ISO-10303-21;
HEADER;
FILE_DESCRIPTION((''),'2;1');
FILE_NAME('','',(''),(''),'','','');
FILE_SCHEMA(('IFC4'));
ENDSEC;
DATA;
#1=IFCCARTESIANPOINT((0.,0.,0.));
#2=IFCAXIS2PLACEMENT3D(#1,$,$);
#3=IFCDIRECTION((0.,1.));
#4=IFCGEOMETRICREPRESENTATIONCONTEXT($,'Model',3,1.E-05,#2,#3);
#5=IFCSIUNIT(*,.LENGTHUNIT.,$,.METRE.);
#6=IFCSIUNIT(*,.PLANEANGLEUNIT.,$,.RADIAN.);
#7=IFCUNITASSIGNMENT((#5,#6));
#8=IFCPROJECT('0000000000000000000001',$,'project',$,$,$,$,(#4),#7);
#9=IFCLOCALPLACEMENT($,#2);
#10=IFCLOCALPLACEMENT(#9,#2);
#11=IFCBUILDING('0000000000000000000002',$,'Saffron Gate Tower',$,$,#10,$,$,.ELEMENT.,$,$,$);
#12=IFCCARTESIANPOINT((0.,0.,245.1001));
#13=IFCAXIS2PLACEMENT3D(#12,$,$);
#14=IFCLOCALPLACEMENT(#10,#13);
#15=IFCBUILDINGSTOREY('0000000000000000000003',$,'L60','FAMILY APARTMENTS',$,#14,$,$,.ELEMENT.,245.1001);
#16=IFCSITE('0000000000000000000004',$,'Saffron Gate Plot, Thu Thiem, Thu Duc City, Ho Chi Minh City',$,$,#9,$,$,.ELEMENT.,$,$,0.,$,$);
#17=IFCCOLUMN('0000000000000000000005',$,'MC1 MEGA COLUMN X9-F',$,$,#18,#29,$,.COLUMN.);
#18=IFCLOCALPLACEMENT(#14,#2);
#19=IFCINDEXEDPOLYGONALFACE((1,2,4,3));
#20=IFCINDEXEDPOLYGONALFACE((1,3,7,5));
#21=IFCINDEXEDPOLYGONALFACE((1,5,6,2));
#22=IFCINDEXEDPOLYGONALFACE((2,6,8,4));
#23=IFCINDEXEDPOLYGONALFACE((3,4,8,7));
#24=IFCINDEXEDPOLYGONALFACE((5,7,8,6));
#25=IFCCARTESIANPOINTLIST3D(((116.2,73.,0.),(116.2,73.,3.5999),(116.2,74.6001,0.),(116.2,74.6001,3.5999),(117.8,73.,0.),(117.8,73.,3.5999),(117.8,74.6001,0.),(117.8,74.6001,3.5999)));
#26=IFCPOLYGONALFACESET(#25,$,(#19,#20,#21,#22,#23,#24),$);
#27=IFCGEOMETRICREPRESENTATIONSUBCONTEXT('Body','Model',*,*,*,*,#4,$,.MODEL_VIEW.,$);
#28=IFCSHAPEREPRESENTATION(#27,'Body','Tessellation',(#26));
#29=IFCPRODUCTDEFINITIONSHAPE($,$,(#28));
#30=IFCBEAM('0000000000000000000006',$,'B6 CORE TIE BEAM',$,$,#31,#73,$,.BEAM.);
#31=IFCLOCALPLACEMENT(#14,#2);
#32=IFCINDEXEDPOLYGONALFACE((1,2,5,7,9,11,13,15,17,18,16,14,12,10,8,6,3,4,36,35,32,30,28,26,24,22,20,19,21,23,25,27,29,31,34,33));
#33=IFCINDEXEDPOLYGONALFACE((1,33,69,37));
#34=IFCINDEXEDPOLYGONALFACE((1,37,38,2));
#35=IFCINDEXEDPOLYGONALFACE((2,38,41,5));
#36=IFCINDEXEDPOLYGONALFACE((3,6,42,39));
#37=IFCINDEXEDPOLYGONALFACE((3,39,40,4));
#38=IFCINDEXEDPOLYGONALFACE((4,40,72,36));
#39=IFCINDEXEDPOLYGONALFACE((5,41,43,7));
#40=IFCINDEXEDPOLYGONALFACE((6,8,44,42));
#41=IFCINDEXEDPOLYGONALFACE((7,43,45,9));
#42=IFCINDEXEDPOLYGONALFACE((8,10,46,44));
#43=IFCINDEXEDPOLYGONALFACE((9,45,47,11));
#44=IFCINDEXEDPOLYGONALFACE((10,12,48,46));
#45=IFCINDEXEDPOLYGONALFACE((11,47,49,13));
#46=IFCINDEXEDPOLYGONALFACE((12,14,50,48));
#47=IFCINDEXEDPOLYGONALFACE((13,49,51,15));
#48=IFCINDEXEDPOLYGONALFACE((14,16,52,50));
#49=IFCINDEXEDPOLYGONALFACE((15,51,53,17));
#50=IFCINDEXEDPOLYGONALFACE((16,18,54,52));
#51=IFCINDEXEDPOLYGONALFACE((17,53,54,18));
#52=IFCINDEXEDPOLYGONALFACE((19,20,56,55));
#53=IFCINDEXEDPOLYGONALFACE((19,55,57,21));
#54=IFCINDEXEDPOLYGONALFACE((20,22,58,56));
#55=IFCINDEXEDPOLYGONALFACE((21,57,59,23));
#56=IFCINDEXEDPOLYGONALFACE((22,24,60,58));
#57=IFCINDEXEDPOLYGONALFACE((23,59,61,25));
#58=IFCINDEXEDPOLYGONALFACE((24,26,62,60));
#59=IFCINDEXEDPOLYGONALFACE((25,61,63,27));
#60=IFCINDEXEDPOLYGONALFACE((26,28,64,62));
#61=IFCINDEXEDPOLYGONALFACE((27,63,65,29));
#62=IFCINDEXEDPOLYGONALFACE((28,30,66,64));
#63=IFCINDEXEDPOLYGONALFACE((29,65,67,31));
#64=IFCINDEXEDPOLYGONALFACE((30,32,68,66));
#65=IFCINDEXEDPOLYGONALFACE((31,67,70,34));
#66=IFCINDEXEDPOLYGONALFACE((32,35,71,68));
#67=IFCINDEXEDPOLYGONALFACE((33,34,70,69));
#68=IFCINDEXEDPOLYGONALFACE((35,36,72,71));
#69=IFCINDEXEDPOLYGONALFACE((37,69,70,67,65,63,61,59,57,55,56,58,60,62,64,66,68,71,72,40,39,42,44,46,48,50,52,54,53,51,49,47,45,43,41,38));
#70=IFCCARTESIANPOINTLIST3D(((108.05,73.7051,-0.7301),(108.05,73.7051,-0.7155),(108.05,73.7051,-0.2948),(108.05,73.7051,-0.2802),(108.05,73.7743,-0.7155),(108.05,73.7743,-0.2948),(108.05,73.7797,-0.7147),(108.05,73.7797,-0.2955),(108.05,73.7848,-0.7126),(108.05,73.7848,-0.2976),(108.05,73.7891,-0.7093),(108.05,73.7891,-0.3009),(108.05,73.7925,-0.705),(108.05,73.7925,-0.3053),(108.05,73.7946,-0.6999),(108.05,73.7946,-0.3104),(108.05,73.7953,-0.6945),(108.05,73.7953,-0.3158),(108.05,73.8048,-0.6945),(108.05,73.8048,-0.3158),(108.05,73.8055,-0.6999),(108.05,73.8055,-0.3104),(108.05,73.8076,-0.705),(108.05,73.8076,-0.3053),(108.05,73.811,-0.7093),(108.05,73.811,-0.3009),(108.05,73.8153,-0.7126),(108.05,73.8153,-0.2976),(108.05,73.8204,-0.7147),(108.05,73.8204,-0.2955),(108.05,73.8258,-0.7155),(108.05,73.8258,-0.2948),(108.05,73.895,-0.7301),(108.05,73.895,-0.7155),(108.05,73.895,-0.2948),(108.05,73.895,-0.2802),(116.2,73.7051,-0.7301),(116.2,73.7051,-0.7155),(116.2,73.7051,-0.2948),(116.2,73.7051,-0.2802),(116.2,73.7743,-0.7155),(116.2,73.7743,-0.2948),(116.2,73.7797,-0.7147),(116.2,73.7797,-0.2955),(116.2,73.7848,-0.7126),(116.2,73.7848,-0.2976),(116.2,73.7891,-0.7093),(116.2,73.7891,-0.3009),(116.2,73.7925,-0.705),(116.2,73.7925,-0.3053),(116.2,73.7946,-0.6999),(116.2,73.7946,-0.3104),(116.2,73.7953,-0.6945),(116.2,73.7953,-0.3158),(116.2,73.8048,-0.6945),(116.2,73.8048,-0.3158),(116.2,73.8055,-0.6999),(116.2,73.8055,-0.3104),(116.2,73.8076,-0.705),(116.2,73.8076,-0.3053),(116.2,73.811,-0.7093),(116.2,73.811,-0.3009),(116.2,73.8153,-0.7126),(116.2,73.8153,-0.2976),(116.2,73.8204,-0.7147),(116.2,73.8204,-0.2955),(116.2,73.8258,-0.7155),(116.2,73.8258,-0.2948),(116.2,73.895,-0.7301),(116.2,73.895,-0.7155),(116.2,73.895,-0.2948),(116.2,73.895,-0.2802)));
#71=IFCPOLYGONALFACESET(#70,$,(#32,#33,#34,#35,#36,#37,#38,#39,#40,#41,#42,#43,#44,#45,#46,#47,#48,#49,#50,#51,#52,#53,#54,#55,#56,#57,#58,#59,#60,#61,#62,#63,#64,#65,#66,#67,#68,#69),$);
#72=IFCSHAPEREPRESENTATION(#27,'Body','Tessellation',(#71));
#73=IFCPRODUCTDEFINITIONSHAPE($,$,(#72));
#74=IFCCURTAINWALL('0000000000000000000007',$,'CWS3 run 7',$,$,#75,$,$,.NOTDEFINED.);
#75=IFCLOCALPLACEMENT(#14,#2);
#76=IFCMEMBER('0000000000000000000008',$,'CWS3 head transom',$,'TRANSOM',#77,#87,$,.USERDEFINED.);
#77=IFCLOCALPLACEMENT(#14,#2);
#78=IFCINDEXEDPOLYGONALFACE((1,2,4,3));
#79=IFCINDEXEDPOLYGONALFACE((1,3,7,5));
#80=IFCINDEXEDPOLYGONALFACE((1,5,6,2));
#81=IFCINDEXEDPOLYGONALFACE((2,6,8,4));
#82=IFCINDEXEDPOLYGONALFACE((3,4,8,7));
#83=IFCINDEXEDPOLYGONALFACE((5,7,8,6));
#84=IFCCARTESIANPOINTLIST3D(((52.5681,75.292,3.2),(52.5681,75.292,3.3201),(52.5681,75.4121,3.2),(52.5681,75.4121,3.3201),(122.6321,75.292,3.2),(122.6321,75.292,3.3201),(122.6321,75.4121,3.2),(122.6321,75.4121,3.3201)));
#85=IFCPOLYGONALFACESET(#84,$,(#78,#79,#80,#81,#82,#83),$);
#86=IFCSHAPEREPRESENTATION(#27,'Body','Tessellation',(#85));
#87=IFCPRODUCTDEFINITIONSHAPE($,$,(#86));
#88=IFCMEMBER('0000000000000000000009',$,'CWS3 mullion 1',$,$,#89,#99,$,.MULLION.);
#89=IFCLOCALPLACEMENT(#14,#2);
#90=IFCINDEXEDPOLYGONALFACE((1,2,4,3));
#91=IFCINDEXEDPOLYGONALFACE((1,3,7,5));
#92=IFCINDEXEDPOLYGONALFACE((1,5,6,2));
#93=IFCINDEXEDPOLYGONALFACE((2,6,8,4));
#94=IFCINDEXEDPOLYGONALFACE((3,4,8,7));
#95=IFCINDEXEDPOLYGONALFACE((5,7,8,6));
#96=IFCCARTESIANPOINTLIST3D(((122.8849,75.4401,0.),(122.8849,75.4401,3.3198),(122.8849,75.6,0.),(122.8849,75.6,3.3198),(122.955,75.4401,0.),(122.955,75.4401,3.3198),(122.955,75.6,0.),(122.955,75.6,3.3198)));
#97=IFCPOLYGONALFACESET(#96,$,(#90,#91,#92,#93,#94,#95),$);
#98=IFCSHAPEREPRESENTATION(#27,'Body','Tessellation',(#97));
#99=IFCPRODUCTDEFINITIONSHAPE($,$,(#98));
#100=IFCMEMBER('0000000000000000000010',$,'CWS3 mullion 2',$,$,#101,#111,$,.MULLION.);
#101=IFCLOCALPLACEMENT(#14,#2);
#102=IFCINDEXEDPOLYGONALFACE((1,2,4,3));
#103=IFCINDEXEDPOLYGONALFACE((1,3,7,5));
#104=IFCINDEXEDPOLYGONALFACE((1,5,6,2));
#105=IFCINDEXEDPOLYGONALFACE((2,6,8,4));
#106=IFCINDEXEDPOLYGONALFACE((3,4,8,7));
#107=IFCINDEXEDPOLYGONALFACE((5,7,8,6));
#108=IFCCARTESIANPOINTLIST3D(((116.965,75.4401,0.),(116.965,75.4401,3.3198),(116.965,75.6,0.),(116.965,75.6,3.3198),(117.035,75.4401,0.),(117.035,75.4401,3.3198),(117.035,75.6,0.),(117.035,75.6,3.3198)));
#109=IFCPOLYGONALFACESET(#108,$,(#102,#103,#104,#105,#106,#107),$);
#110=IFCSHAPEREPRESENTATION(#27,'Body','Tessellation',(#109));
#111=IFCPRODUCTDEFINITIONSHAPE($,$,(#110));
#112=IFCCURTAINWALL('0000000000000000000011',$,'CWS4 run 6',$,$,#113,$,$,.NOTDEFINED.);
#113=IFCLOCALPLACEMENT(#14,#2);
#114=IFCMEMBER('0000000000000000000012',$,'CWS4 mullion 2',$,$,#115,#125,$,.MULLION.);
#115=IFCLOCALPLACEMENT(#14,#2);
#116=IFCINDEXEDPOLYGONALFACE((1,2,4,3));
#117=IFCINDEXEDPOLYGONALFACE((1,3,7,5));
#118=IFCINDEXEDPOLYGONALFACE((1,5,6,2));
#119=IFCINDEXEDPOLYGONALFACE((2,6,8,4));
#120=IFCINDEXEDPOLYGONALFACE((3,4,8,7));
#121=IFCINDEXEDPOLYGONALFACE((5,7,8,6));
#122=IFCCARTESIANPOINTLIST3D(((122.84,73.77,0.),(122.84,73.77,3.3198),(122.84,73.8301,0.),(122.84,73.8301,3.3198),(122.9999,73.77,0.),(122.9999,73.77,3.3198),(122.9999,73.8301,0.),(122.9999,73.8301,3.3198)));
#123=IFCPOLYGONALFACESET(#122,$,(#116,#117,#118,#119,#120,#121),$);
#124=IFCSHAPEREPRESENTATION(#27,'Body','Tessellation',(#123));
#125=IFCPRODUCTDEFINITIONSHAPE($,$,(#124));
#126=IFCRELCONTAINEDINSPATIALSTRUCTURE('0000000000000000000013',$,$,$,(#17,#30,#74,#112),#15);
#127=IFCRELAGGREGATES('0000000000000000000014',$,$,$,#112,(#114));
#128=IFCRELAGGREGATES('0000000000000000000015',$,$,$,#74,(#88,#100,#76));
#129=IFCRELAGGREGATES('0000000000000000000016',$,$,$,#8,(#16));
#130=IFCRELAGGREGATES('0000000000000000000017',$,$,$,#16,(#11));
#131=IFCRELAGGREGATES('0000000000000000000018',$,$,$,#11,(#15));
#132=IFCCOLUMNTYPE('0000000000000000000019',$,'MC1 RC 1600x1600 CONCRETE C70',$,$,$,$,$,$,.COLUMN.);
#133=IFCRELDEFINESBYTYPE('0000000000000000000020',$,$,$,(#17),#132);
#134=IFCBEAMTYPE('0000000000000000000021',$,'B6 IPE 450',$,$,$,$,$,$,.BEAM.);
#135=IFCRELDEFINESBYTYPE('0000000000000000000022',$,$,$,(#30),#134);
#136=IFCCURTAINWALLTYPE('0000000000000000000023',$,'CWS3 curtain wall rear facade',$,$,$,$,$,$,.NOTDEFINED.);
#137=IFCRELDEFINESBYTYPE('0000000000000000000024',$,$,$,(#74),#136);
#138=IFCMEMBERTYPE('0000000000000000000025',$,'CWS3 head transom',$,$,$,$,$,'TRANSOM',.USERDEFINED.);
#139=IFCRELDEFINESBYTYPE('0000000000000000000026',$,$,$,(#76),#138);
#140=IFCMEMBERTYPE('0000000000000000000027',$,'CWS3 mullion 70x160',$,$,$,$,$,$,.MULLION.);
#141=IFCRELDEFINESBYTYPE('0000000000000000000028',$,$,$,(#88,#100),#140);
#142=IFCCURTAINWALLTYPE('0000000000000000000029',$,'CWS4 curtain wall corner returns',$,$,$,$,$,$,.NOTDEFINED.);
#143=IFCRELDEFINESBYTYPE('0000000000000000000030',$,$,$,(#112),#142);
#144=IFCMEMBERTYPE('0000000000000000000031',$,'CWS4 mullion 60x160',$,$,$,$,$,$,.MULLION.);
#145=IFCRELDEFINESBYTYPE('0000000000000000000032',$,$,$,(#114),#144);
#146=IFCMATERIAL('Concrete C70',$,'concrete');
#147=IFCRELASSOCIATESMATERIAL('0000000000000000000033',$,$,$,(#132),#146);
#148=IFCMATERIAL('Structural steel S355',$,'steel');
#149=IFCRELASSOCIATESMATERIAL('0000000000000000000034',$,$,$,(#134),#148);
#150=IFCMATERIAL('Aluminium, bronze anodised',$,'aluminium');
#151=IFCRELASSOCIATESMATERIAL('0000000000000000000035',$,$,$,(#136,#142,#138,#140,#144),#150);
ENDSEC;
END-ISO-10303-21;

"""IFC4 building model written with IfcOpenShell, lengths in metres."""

from ifc_helpers import new_model, si_unit, direction, frame, origin, origin_2d, place, context, subcontext, project, spatial, rectangle, i_section, extrude, material, material_profile, profile_set, type_object, element, aggregate, save


model = new_model("IFC4")

# Units and contexts
model_context = context("Model", 3, precision=1e-05, world=origin(), true_north=direction((0.0, 1.0)))
body_context = subcontext(model_context, "Body", "Model", "MODEL_VIEW")
ifc_project = project(units=[si_unit("LENGTHUNIT", "METRE"), si_unit("PLANEANGLEUNIT", "RADIAN")], contexts=[model_context])

# Site, building, storey
site_placement = place(None, origin())
site = spatial("IfcSite", under=ifc_project, at=site_placement, Name="Saffron Gate Plot, Thu Thiem, Thu Duc City, Ho Chi Minh City", CompositionType="ELEMENT", RefElevation=0.0)
building_placement = place(site_placement, origin())
building = spatial("IfcBuilding", under=site, at=building_placement, Name="Saffron Gate Tower", CompositionType="ELEMENT")
storey_placement = place(building_placement, frame((0.0, 0.0, 245.1001)))
storey = spatial("IfcBuildingStorey", under=building, at=storey_placement, Name="L60", Description="FAMILY APARTMENTS", CompositionType="ELEMENT", Elevation=245.1001)

# Column
ifc_material_1 = material(Name="Concrete C70", Category="concrete")
ifc_material_profile_1 = material_profile(ifc_material_1, rectangle(XDim=1.6001, YDim=1.6001, at=origin_2d()))
ifc_profile_set_1 = profile_set([ifc_material_profile_1], Name="Concrete C70")
column_type = type_object("IfcColumnType", Name="MC1 RC 1600x1600 CONCRETE C70", PredefinedType="COLUMN", material=ifc_profile_set_1)
column_placement = place(storey_placement, frame((117.0, 73.8, 0.0), z_axis=(0.0, 0.0, 1.0), x_axis=(1.0, 0.0, 0.0)))
element("IfcColumn", 1, at=column_placement, inside=storey, type_object=column_type, Name="MC1 MEGA COLUMN X9-F", PredefinedType="COLUMN", context=body_context, shape_type="SweptSolid", body=[
    extrude(rectangle(XDim=1.6001, YDim=1.6001, at=origin_2d()), origin(), (0.0, 0.0, 1.0), 3.5999),
])

# Beam
ifc_material_2 = material(Name="Structural steel S355", Category="steel")
ifc_material_profile_2 = material_profile(ifc_material_2, i_section(OverallWidth=0.1899, OverallDepth=0.45, WebThickness=0.0095, FlangeThickness=0.0146, FilletRadius=0.021, at=origin_2d()))
ifc_profile_set_2 = profile_set([ifc_material_profile_2], Name="Structural steel S355")
beam_type = type_object("IfcBeamType", Name="B6 IPE 450", PredefinedType="BEAM", material=ifc_profile_set_2)
beam_placement = place(storey_placement, frame((116.2, 73.8, -0.5051), z_axis=(-1.0, 0.0, 0.0), x_axis=(0.0, -1.0, 0.0)))
element("IfcBeam", 2, at=beam_placement, inside=storey, type_object=beam_type, Name="B6 CORE TIE BEAM", PredefinedType="BEAM", context=body_context, shape_type="SweptSolid", body=[
    extrude(i_section(OverallWidth=0.1899, OverallDepth=0.45, WebThickness=0.0095, FlangeThickness=0.0146, FilletRadius=0.021, at=origin_2d()), origin(), (0.0, 0.0, 1.0), 8.1499),
])

# Curtain wall, members
ifc_material_3 = material(Name="Aluminium, bronze anodised", Category="aluminium")
curtain_wall_type_1 = type_object("IfcCurtainWallType", Name="CWS3 curtain wall rear facade", PredefinedType="NOTDEFINED", material=ifc_material_3)
curtain_wall_1_placement = place(storey_placement, origin())
curtain_wall_1 = element("IfcCurtainWall", 3, at=curtain_wall_1_placement, inside=storey, type_object=curtain_wall_type_1, Name="CWS3 run 7", PredefinedType="NOTDEFINED")
ifc_material_profile_3 = material_profile(ifc_material_3, rectangle(XDim=0.1201, YDim=0.1201, at=origin_2d()))
ifc_profile_set_3 = profile_set([ifc_material_profile_3], Name="Aluminium, bronze anodised")
member_type_1 = type_object("IfcMemberType", Name="CWS3 head transom", ElementType="TRANSOM", PredefinedType="USERDEFINED", material=ifc_profile_set_3)
member_1_placement = place(storey_placement, frame((122.6321, 75.3521, 3.26), z_axis=(-1.0, 0.0, 0.0), x_axis=(0.0, -1.0, 0.0)))
member_1 = element("IfcMember", 4, at=member_1_placement, type_object=member_type_1, Name="CWS3 head transom", ObjectType="TRANSOM", PredefinedType="USERDEFINED", context=body_context, shape_type="SweptSolid", body=[
    extrude(rectangle(XDim=0.1201, YDim=0.1201, at=origin_2d()), origin(), (0.0, 0.0, 1.0), 70.064),
])
ifc_material_profile_4 = material_profile(ifc_material_3, rectangle(XDim=0.1599, YDim=0.0701, at=origin_2d()))
ifc_profile_set_4 = profile_set([ifc_material_profile_4], Name="Aluminium, bronze anodised")
member_type_2 = type_object("IfcMemberType", Name="CWS3 mullion 70x160", PredefinedType="MULLION", material=ifc_profile_set_4)
member_2_placement = place(storey_placement, frame((122.9199, 75.52, 0.0), z_axis=(0.0, 0.0, 1.0), x_axis=(0.0, -1.0, 0.0)))
member_2 = element("IfcMember", 5, at=member_2_placement, type_object=member_type_2, Name="CWS3 mullion 1", PredefinedType="MULLION", context=body_context, shape_type="SweptSolid", body=[
    extrude(rectangle(XDim=0.1599, YDim=0.0701, at=origin_2d()), origin(), (0.0, 0.0, 1.0), 3.3198),
])
member_3_placement = place(storey_placement, frame((117.0, 75.52, 0.0), z_axis=(0.0, 0.0, 1.0), x_axis=(0.0, -1.0, 0.0)))
member_3 = element("IfcMember", 6, at=member_3_placement, type_object=member_type_2, Name="CWS3 mullion 2", PredefinedType="MULLION", context=body_context, shape_type="SweptSolid", body=[
    extrude(rectangle(XDim=0.1599, YDim=0.0701, at=origin_2d()), origin(), (0.0, 0.0, 1.0), 3.3198),
])

# Curtain wall, member
curtain_wall_type_2 = type_object("IfcCurtainWallType", Name="CWS4 curtain wall corner returns", PredefinedType="NOTDEFINED", material=ifc_material_3)
curtain_wall_2_placement = place(storey_placement, origin())
curtain_wall_2 = element("IfcCurtainWall", 7, at=curtain_wall_2_placement, inside=storey, type_object=curtain_wall_type_2, Name="CWS4 run 6", PredefinedType="NOTDEFINED")
ifc_material_profile_5 = material_profile(ifc_material_3, rectangle(XDim=0.1599, YDim=0.0601, at=origin_2d()))
ifc_profile_set_5 = profile_set([ifc_material_profile_5], Name="Aluminium, bronze anodised")
member_type_3 = type_object("IfcMemberType", Name="CWS4 mullion 60x160", PredefinedType="MULLION", material=ifc_profile_set_5)
member_4_placement = place(storey_placement, frame((122.9199, 73.8, 0.0), z_axis=(0.0, 0.0, 1.0), x_axis=(-1.0, 0.0, 0.0)))
member_4 = element("IfcMember", 8, at=member_4_placement, type_object=member_type_3, Name="CWS4 mullion 2", PredefinedType="MULLION", context=body_context, shape_type="SweptSolid", body=[
    extrude(rectangle(XDim=0.1599, YDim=0.0601, at=origin_2d()), origin(), (0.0, 0.0, 1.0), 3.3198),
])
aggregate(curtain_wall_2, [member_4])

aggregate(curtain_wall_1, [member_2, member_3, member_1])

save(model, "model.ifc")
